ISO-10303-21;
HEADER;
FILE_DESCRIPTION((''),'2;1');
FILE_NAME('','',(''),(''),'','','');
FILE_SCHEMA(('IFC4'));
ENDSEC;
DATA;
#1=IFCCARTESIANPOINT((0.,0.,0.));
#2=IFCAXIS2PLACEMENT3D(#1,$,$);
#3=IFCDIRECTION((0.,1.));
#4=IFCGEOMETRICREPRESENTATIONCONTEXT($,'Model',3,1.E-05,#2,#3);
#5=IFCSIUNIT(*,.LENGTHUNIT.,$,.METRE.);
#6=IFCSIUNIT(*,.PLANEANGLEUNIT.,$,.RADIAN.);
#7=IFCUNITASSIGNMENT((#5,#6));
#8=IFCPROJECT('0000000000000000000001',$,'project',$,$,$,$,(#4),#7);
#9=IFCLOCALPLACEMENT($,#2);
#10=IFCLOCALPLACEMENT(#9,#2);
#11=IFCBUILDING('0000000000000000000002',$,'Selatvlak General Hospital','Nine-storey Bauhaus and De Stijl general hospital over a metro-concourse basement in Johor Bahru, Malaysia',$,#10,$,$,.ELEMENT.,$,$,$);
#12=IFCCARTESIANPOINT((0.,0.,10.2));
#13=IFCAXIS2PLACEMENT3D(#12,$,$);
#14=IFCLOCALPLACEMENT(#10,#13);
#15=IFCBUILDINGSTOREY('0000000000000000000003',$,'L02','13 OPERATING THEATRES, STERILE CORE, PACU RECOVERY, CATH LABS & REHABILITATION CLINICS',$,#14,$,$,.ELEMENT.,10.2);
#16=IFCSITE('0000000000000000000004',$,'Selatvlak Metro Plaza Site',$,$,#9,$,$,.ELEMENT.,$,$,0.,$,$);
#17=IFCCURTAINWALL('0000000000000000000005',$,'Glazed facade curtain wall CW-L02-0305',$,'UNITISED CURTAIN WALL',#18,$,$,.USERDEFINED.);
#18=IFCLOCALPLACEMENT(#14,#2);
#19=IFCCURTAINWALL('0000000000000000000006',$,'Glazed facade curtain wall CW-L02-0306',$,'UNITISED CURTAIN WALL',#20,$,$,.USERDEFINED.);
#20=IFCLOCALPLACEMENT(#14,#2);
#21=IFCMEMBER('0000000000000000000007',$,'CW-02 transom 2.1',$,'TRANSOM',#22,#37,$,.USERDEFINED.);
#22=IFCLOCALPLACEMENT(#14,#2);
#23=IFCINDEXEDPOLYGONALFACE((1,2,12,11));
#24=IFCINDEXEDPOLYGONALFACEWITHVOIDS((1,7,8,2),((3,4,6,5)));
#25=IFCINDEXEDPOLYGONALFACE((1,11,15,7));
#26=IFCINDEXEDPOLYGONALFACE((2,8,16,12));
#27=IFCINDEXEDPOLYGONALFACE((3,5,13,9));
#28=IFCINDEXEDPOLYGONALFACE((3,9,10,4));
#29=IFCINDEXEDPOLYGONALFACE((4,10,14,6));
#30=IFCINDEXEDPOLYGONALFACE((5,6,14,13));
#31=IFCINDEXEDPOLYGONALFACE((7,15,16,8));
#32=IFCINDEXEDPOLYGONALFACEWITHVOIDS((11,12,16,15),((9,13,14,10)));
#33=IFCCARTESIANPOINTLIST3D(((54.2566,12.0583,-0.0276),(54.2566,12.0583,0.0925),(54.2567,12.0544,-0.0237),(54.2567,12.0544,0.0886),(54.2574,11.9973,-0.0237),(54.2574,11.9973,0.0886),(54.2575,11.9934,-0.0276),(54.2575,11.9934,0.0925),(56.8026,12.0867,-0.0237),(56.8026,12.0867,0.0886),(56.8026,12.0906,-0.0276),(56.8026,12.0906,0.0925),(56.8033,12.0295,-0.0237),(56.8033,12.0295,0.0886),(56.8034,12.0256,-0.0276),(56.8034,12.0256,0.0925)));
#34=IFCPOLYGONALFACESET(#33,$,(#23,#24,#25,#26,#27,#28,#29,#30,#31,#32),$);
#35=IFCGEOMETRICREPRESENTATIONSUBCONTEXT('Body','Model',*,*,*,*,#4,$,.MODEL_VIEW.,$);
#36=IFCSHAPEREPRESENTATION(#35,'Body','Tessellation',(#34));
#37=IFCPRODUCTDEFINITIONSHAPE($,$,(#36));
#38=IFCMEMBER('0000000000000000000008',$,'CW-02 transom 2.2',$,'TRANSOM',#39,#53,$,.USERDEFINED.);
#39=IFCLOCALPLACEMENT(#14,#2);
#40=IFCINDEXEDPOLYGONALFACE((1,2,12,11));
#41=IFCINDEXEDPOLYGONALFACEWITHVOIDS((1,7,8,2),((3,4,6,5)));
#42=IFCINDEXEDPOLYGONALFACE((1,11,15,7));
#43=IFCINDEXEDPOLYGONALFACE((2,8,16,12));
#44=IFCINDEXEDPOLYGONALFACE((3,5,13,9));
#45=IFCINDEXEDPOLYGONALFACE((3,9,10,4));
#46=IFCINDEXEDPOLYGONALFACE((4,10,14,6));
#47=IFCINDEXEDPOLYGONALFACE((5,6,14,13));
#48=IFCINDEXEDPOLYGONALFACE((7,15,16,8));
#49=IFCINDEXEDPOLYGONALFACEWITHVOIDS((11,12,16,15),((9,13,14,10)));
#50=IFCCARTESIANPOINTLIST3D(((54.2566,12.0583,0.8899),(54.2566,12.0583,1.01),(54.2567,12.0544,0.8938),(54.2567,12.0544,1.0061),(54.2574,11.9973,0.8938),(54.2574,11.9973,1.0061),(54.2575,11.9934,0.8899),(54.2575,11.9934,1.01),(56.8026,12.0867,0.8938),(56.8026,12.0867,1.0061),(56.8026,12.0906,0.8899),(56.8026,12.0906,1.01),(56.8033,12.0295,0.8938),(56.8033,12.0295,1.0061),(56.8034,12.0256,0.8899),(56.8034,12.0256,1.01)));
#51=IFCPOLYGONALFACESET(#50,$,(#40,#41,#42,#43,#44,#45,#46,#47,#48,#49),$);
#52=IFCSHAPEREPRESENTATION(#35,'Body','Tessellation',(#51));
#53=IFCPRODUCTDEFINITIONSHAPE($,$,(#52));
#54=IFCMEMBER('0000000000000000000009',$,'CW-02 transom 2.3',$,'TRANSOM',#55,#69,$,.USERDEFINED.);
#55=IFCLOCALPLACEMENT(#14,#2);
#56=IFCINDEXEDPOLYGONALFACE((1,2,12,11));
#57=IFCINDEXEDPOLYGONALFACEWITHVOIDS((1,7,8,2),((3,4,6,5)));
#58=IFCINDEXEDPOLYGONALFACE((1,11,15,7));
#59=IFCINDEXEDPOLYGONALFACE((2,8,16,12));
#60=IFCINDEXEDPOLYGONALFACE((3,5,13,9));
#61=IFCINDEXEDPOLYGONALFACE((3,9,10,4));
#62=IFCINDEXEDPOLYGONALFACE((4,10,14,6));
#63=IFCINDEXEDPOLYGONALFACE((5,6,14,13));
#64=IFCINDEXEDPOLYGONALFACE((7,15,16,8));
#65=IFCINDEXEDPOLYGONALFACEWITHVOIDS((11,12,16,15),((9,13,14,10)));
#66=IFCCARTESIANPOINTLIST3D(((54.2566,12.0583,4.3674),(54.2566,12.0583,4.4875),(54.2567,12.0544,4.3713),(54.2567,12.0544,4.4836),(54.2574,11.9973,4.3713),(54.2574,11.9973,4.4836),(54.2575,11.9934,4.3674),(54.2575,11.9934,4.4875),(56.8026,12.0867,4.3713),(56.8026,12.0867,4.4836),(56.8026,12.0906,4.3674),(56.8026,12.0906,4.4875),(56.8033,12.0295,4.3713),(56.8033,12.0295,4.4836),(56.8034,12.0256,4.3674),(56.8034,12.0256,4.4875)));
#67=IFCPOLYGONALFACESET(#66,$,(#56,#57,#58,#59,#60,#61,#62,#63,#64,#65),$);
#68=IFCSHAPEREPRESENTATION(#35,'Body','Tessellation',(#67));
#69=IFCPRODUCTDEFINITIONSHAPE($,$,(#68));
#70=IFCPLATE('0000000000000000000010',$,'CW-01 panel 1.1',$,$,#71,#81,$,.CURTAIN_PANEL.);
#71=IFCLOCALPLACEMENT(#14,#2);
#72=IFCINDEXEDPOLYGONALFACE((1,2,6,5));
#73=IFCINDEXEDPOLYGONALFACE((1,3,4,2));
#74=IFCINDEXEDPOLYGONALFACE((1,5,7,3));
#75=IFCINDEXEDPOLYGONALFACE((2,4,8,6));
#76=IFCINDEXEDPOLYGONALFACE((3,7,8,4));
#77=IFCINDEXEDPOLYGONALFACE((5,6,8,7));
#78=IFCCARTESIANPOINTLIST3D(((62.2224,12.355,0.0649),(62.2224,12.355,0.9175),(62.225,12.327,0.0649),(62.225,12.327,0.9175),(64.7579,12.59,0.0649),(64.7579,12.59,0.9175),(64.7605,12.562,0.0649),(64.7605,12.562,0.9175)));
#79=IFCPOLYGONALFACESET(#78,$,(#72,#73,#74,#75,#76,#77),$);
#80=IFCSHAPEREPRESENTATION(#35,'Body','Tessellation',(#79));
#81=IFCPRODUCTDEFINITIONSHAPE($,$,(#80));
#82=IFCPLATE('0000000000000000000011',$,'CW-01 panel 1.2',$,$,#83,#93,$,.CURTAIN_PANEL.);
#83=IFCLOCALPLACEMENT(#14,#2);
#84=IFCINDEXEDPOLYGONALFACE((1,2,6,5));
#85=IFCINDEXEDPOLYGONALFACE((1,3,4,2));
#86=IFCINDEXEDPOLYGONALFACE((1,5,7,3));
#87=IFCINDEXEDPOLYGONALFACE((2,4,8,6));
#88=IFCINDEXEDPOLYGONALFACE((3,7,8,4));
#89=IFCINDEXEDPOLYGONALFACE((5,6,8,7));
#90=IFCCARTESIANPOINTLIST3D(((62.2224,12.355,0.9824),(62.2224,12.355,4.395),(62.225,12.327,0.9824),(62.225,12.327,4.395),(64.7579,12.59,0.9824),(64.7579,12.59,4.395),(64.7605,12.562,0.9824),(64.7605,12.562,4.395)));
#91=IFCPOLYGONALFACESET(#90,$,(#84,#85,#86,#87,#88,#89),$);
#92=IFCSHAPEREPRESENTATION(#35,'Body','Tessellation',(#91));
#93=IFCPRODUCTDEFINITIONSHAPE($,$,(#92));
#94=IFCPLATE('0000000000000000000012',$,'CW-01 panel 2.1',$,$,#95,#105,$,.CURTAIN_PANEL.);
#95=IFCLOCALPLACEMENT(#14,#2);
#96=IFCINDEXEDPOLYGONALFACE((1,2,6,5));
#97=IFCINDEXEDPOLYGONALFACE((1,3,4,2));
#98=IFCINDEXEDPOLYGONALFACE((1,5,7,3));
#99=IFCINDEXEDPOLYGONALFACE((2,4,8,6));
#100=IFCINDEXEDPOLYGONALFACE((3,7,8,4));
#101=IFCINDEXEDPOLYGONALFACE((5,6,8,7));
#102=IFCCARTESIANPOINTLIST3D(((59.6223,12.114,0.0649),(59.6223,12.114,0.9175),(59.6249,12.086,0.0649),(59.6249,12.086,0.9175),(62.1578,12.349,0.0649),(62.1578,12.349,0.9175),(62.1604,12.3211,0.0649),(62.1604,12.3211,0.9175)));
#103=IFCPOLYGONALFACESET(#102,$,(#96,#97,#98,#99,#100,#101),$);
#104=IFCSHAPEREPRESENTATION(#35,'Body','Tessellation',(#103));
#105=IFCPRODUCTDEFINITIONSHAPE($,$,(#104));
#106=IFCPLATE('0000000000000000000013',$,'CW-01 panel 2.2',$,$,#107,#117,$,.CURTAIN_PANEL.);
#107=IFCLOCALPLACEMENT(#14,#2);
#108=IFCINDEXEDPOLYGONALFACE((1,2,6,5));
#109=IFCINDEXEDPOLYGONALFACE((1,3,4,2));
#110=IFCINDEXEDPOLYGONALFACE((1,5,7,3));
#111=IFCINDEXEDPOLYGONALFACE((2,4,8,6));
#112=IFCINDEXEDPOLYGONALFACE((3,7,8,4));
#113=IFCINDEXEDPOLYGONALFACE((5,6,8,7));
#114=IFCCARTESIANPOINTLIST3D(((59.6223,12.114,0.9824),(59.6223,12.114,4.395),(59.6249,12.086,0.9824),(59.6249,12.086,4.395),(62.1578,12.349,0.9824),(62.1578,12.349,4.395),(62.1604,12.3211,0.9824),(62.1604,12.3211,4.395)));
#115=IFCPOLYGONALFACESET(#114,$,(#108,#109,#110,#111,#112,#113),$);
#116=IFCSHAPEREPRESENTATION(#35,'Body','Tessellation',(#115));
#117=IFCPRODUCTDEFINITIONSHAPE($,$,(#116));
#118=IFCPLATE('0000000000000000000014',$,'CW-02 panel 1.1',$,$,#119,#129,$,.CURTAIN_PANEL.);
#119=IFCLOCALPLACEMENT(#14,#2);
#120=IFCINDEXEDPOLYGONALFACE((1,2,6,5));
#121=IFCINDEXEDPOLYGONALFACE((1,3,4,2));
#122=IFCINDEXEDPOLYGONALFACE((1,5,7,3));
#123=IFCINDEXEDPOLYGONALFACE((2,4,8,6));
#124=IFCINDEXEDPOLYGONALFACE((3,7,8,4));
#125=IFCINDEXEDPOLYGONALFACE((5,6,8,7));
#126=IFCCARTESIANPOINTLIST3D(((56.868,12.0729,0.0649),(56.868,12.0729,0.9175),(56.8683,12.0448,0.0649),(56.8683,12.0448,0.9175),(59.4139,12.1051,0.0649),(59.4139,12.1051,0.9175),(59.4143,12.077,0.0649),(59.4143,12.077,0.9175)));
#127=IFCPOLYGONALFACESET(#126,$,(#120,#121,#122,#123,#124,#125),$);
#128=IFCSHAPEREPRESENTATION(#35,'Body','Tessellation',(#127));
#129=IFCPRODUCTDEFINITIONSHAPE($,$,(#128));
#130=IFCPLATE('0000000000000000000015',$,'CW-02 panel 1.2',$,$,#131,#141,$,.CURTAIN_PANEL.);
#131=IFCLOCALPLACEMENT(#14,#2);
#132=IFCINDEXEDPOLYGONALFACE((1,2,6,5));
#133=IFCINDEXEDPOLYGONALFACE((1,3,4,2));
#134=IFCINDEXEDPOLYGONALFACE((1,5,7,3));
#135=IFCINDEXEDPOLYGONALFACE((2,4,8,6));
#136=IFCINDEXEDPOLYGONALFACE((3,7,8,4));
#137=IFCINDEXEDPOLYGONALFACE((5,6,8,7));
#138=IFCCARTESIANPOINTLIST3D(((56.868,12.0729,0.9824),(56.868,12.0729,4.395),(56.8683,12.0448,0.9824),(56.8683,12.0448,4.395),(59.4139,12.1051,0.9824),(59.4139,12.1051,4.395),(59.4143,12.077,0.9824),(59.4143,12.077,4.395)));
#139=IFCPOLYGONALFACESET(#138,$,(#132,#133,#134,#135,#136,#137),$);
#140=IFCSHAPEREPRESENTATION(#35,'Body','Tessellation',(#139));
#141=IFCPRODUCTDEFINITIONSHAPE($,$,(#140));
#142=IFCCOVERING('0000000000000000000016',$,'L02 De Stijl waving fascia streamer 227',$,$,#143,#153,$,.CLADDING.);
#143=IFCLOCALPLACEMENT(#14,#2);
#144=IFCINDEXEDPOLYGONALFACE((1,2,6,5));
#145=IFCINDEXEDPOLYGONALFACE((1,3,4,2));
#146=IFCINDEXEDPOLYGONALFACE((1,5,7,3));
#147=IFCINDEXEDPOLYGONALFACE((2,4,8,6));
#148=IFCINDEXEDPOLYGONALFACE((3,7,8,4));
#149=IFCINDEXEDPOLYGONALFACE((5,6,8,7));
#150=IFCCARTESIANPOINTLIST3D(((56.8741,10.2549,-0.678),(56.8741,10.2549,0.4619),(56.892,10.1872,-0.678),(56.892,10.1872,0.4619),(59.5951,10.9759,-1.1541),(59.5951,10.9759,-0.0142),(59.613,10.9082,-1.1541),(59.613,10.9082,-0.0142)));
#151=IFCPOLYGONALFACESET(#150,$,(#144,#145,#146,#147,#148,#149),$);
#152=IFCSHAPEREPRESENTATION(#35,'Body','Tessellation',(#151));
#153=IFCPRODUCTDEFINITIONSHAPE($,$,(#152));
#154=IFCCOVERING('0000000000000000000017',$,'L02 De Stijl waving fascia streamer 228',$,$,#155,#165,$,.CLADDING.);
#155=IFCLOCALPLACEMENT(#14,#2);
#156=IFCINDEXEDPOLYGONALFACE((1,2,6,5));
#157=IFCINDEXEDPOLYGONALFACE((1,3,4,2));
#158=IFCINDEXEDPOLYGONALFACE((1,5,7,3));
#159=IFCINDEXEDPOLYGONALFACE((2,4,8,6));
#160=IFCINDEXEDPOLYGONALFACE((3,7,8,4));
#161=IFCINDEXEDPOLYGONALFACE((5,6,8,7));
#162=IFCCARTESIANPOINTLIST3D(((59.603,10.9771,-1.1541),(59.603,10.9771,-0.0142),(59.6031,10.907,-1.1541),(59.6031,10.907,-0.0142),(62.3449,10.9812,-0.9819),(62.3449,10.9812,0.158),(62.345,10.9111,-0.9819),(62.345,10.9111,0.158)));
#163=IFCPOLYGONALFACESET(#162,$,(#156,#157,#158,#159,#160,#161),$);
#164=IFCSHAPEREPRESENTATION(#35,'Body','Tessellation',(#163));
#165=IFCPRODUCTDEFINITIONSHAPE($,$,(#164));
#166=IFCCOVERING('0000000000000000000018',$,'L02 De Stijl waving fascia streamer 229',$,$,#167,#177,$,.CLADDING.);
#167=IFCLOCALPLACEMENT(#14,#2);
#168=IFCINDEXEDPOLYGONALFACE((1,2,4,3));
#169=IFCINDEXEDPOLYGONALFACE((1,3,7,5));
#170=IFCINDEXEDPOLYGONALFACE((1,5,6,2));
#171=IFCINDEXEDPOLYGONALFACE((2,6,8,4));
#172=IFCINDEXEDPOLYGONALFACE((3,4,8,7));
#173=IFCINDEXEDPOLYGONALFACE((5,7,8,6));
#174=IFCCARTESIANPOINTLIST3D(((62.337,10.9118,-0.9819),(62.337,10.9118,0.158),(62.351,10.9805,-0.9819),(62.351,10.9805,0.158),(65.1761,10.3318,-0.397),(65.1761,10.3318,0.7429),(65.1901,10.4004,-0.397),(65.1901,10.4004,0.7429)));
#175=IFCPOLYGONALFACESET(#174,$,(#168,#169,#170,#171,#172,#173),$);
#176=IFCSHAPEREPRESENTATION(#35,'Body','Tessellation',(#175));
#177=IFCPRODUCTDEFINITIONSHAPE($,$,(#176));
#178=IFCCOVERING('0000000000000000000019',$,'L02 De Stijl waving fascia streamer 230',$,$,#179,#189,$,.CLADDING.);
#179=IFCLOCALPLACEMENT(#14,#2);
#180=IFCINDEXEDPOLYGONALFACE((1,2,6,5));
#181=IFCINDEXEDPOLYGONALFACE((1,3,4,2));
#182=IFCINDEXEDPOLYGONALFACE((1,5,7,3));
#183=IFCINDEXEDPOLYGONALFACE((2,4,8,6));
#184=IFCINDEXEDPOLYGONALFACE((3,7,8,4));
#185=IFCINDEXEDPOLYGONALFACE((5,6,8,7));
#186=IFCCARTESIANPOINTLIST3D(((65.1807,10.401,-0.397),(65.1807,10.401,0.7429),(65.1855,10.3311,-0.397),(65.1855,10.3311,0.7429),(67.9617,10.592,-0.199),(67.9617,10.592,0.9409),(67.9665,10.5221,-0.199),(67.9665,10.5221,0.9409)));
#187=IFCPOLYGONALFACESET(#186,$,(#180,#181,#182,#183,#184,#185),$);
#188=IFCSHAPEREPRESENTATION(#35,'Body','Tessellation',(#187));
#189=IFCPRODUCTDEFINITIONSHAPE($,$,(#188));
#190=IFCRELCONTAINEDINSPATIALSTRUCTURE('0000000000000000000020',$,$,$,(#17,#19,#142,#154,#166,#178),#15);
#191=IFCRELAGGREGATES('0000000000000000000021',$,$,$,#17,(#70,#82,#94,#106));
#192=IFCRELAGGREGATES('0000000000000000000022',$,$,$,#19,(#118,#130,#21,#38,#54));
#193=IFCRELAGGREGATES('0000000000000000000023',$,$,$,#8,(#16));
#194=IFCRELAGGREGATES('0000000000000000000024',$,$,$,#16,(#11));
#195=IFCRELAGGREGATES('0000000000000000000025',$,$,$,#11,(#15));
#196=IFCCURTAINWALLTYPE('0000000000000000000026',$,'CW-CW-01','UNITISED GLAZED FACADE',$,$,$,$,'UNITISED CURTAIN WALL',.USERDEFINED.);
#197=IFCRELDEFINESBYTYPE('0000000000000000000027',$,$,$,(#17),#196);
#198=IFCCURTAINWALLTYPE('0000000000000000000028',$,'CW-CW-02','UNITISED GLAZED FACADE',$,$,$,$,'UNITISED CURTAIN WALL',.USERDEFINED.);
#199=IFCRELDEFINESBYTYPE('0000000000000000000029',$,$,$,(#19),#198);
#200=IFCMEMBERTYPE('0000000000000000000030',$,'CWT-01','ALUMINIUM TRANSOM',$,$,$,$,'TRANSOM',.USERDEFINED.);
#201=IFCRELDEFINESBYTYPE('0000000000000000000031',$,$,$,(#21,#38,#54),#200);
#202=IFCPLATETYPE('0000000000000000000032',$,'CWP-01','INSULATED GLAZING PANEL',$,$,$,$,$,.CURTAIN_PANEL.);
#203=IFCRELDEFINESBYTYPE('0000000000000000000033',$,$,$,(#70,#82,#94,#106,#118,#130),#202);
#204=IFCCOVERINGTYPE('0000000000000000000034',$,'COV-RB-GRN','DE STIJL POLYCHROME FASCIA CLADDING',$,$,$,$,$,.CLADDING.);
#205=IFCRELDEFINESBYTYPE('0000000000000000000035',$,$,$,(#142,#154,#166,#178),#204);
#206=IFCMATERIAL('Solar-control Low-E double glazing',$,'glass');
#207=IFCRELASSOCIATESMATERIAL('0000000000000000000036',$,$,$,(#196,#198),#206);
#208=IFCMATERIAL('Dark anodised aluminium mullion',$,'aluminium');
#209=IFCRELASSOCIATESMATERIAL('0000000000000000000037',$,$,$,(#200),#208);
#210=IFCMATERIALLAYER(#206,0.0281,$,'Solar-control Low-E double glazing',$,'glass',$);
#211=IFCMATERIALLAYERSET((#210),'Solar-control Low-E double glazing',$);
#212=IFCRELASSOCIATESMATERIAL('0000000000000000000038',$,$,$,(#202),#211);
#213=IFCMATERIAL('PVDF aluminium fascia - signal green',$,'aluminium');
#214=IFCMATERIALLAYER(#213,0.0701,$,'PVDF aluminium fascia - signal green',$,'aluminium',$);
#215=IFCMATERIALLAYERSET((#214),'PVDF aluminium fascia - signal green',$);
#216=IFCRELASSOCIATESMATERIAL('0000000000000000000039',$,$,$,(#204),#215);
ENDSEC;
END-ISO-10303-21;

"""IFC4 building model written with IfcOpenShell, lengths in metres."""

from ifc_helpers import new_model, si_unit, direction, frame, origin, origin_2d, place, context, subcontext, project, spatial, polyline, rectangle, hollow_rectangle, outline, extrude, material, layer, layer_set, material_profile, profile_set, type_object, element, aggregate, save


model = new_model("IFC4")

# Units and contexts
model_context = context("Model", 3, precision=1e-05, world=origin(), true_north=direction((0.0, 1.0)))
body_context = subcontext(model_context, "Body", "Model", "MODEL_VIEW")
ifc_project = project(units=[si_unit("LENGTHUNIT", "METRE"), si_unit("PLANEANGLEUNIT", "RADIAN")], contexts=[model_context])

# Site, building, storey
site_placement = place(None, origin())
site = spatial("IfcSite", under=ifc_project, at=site_placement, Name="Selatvlak Metro Plaza Site", CompositionType="ELEMENT", RefElevation=0.0)
building_placement = place(site_placement, origin())
building = spatial("IfcBuilding", under=site, at=building_placement, Name="Selatvlak General Hospital", Description="Nine-storey Bauhaus and De Stijl general hospital over a metro-concourse basement in Johor Bahru, Malaysia", CompositionType="ELEMENT")
storey_placement = place(building_placement, frame((0.0, 0.0, 10.2)))
storey = spatial("IfcBuildingStorey", under=building, at=storey_placement, Name="L02", Description="13 OPERATING THEATRES, STERILE CORE, PACU RECOVERY, CATH LABS & REHABILITATION CLINICS", CompositionType="ELEMENT", Elevation=10.2)

# Curtain walls
ifc_material_1 = material(Name="Solar-control Low-E double glazing", Category="glass")
curtain_wall_type_1 = type_object("IfcCurtainWallType", Name="CW-CW-01", Description="UNITISED GLAZED FACADE", ElementType="UNITISED CURTAIN WALL", PredefinedType="USERDEFINED", material=ifc_material_1)
curtain_wall_1_placement = place(storey_placement, origin())
curtain_wall_1 = element("IfcCurtainWall", 1, at=curtain_wall_1_placement, inside=storey, type_object=curtain_wall_type_1, Name="Glazed facade curtain wall CW-L02-0305", ObjectType="UNITISED CURTAIN WALL", PredefinedType="USERDEFINED")
ifc_material_2 = material(Name="Dark anodised aluminium mullion", Category="aluminium")
curtain_wall_type_2 = type_object("IfcCurtainWallType", Name="CW-CW-02", Description="UNITISED GLAZED FACADE", ElementType="UNITISED CURTAIN WALL", PredefinedType="USERDEFINED", material=ifc_material_1)
curtain_wall_2_placement = place(storey_placement, origin())
curtain_wall_2 = element("IfcCurtainWall", 2, at=curtain_wall_2_placement, inside=storey, type_object=curtain_wall_type_2, Name="Glazed facade curtain wall CW-L02-0306", ObjectType="UNITISED CURTAIN WALL", PredefinedType="USERDEFINED")

# Members
ifc_material_profile_1 = material_profile(ifc_material_2, hollow_rectangle(XDim=0.0649, YDim=0.1201, WallThickness=0.0039, at=origin_2d()), Name="AL-TRN 65x120x4")
ifc_profile_set_1 = profile_set([ifc_material_profile_1], Name="Dark anodised aluminium mullion")
member_type_1 = type_object("IfcMemberType", Name="CWT-01", Description="ALUMINIUM TRANSOM", ElementType="TRANSOM", PredefinedType="USERDEFINED", material=ifc_profile_set_1)
member_1_placement = place(storey_placement, frame((56.803, 12.0581, 0.0325), z_axis=(-0.99992, -0.012657, 0.0), x_axis=(0.012657, -0.99992, 0.0)))
member_1 = element("IfcMember", 3, at=member_1_placement, type_object=member_type_1, Name="CW-02 transom 2.1", ObjectType="TRANSOM", PredefinedType="USERDEFINED", context=body_context, shape_type="SweptSolid", body=[
    extrude(hollow_rectangle(XDim=0.0649, YDim=0.1201, WallThickness=0.0039, at=origin_2d()), origin(), (0.0, 0.0, 1.0), 2.5461),
])
member_2_placement = place(storey_placement, frame((56.803, 12.0581, 0.95), z_axis=(-0.99992, -0.012657, 0.0), x_axis=(0.012657, -0.99992, 0.0)))
member_2 = element("IfcMember", 4, at=member_2_placement, type_object=member_type_1, Name="CW-02 transom 2.2", ObjectType="TRANSOM", PredefinedType="USERDEFINED", context=body_context, shape_type="SweptSolid", body=[
    extrude(hollow_rectangle(XDim=0.0649, YDim=0.1201, WallThickness=0.0039, at=origin_2d()), origin(), (0.0, 0.0, 1.0), 2.5461),
])
member_3_placement = place(storey_placement, frame((56.803, 12.0581, 4.4275), z_axis=(-0.99992, -0.012657, 0.0), x_axis=(0.012657, -0.99992, 0.0)))
member_3 = element("IfcMember", 5, at=member_3_placement, type_object=member_type_1, Name="CW-02 transom 2.3", ObjectType="TRANSOM", PredefinedType="USERDEFINED", context=body_context, shape_type="SweptSolid", body=[
    extrude(hollow_rectangle(XDim=0.0649, YDim=0.1201, WallThickness=0.0039, at=origin_2d()), origin(), (0.0, 0.0, 1.0), 2.5461),
])

# Plates
ifc_layer_1 = layer(ifc_material_1, 0.0281, Name="Solar-control Low-E double glazing", Category="glass")
ifc_layer_set_1 = layer_set([ifc_layer_1], Name="Solar-control Low-E double glazing")
plate_type = type_object("IfcPlateType", Name="CWP-01", Description="INSULATED GLAZING PANEL", PredefinedType="CURTAIN_PANEL", material=ifc_layer_set_1)
plate_1_placement = place(storey_placement, frame((63.4915, 12.4585, 0.0649), z_axis=(0.0, 0.0, 1.0), x_axis=(-0.995732, -0.092292, 0.0)))
plate_1 = element("IfcPlate", 6, at=plate_1_placement, type_object=plate_type, Name="CW-01 panel 1.1", PredefinedType="CURTAIN_PANEL", context=body_context, shape_type="SweptSolid", body=[
    extrude(rectangle(XDim=2.5464, YDim=0.0281, at=origin_2d()), origin(), (0.0, 0.0, 1.0), 0.8525),
])
plate_2_placement = place(storey_placement, frame((63.4915, 12.4585, 0.9824), z_axis=(0.0, 0.0, 1.0), x_axis=(-0.995732, -0.092292, 0.0)))
plate_2 = element("IfcPlate", 7, at=plate_2_placement, type_object=plate_type, Name="CW-01 panel 1.2", PredefinedType="CURTAIN_PANEL", context=body_context, shape_type="SweptSolid", body=[
    extrude(rectangle(XDim=2.5464, YDim=0.0281, at=origin_2d()), origin(), (0.0, 0.0, 1.0), 3.4126),
])
plate_3_placement = place(storey_placement, frame((60.8914, 12.2175, 0.0649), z_axis=(0.0, 0.0, 1.0), x_axis=(-0.995732, -0.092292, 0.0)))
plate_3 = element("IfcPlate", 8, at=plate_3_placement, type_object=plate_type, Name="CW-01 panel 2.1", PredefinedType="CURTAIN_PANEL", context=body_context, shape_type="SweptSolid", body=[
    extrude(rectangle(XDim=2.5464, YDim=0.0281, at=origin_2d()), origin(), (0.0, 0.0, 1.0), 0.8525),
])
plate_4_placement = place(storey_placement, frame((60.8914, 12.2175, 0.9824), z_axis=(0.0, 0.0, 1.0), x_axis=(-0.995732, -0.092292, 0.0)))
plate_4 = element("IfcPlate", 9, at=plate_4_placement, type_object=plate_type, Name="CW-01 panel 2.2", PredefinedType="CURTAIN_PANEL", context=body_context, shape_type="SweptSolid", body=[
    extrude(rectangle(XDim=2.5464, YDim=0.0281, at=origin_2d()), origin(), (0.0, 0.0, 1.0), 3.4126),
])
aggregate(curtain_wall_1, [plate_1, plate_2, plate_3, plate_4])
plate_5_placement = place(storey_placement, frame((58.1411, 12.075, 0.0649), z_axis=(0.0, 0.0, 1.0), x_axis=(-0.99992, -0.012672, 0.0)))
plate_5 = element("IfcPlate", 10, at=plate_5_placement, type_object=plate_type, Name="CW-02 panel 1.1", PredefinedType="CURTAIN_PANEL", context=body_context, shape_type="SweptSolid", body=[
    extrude(rectangle(XDim=2.5461, YDim=0.0281, at=origin_2d()), origin(), (0.0, 0.0, 1.0), 0.8525),
])
plate_6_placement = place(storey_placement, frame((58.1411, 12.075, 0.9824), z_axis=(0.0, 0.0, 1.0), x_axis=(-0.99992, -0.012672, 0.0)))
plate_6 = element("IfcPlate", 11, at=plate_6_placement, type_object=plate_type, Name="CW-02 panel 1.2", PredefinedType="CURTAIN_PANEL", context=body_context, shape_type="SweptSolid", body=[
    extrude(rectangle(XDim=2.5461, YDim=0.0281, at=origin_2d()), origin(), (0.0, 0.0, 1.0), 3.4126),
])
aggregate(curtain_wall_2, [plate_5, plate_6, member_1, member_2, member_3])

# Coverings
ifc_material_3 = material(Name="PVDF aluminium fascia - signal green", Category="aluminium")
ifc_layer_2 = layer(ifc_material_3, 0.0701, Name="PVDF aluminium fascia - signal green", Category="aluminium")
ifc_layer_set_2 = layer_set([ifc_layer_2], Name="PVDF aluminium fascia - signal green")
covering_type = type_object("IfcCoveringType", Name="COV-RB-GRN", Description="DE STIJL POLYCHROME FASCIA CLADDING", PredefinedType="CLADDING", material=ifc_layer_set_2)
covering_1_placement = place(storey_placement, frame((56.8831, 10.2209, -0.678), z_axis=(0.0, 0.0, 1.0), x_axis=(0.966644, 0.256124, 0.0)))
element("IfcCovering", 12, at=covering_1_placement, inside=storey, type_object=covering_type, Name="L02 De Stijl waving fascia streamer 227", PredefinedType="CLADDING", context=body_context, shape_type="SweptSolid", body=[
    extrude(outline(polyline([(0.0, 0.0), (2.8149, -0.4761), (2.8149, 0.6638), (0.0, 1.1399), (0.0, 0.0)])), frame((0.0, 0.0352, 0.0), z_axis=(0.0, -1.0, 0.0), x_axis=(1.0, 0.0, 0.0)), (0.0, 0.0, 1.0), 0.0701),
])
covering_2_placement = place(storey_placement, frame((59.603, 10.9419, -1.1541), z_axis=(0.0, 0.0, 1.0), x_axis=(0.999999, 0.001514, 0.0)))
element("IfcCovering", 13, at=covering_2_placement, inside=storey, type_object=covering_type, Name="L02 De Stijl waving fascia streamer 228", PredefinedType="CLADDING", context=body_context, shape_type="SweptSolid", body=[
    extrude(outline(polyline([(0.0, 0.0), (2.7419, 0.1721), (2.7419, 1.312), (0.0, 1.1399), (0.0, 0.0)])), frame((0.0, 0.0352, 0.0), z_axis=(0.0, -1.0, 0.0), x_axis=(1.0, 0.0, 0.0)), (0.0, 0.0, 1.0), 0.0701),
])
covering_3_placement = place(storey_placement, frame((62.344, 10.946, -0.9819), z_axis=(0.0, 0.0, 1.0), x_axis=(0.979759, -0.200181, 0.0)))
element("IfcCovering", 14, at=covering_3_placement, inside=storey, type_object=covering_type, Name="L02 De Stijl waving fascia streamer 229", PredefinedType="CLADDING", context=body_context, shape_type="SweptSolid", body=[
    extrude(outline(polyline([(0.0, 0.0), (2.8977, 0.585), (2.8977, 1.7249), (0.0, 1.1399), (0.0, 0.0)])), frame((0.0, 0.0352, 0.0), z_axis=(0.0, -1.0, 0.0), x_axis=(1.0, 0.0, 0.0)), (0.0, 0.0, 1.0), 0.0701),
])
covering_4_placement = place(storey_placement, frame((65.1831, 10.366, -0.397), z_axis=(0.0, 0.0, 1.0), x_axis=(0.997652, 0.068489, 0.0)))
element("IfcCovering", 15, at=covering_4_placement, inside=storey, type_object=covering_type, Name="L02 De Stijl waving fascia streamer 230", PredefinedType="CLADDING", context=body_context, shape_type="SweptSolid", body=[
    extrude(outline(polyline([(0.0, 0.0), (2.7876, 0.198), (2.7876, 1.3379), (0.0, 1.1399), (0.0, 0.0)])), frame((0.0, 0.0352, 0.0), z_axis=(0.0, -1.0, 0.0), x_axis=(1.0, 0.0, 0.0)), (0.0, 0.0, 1.0), 0.0701),
])

save(model, "model.ifc")
